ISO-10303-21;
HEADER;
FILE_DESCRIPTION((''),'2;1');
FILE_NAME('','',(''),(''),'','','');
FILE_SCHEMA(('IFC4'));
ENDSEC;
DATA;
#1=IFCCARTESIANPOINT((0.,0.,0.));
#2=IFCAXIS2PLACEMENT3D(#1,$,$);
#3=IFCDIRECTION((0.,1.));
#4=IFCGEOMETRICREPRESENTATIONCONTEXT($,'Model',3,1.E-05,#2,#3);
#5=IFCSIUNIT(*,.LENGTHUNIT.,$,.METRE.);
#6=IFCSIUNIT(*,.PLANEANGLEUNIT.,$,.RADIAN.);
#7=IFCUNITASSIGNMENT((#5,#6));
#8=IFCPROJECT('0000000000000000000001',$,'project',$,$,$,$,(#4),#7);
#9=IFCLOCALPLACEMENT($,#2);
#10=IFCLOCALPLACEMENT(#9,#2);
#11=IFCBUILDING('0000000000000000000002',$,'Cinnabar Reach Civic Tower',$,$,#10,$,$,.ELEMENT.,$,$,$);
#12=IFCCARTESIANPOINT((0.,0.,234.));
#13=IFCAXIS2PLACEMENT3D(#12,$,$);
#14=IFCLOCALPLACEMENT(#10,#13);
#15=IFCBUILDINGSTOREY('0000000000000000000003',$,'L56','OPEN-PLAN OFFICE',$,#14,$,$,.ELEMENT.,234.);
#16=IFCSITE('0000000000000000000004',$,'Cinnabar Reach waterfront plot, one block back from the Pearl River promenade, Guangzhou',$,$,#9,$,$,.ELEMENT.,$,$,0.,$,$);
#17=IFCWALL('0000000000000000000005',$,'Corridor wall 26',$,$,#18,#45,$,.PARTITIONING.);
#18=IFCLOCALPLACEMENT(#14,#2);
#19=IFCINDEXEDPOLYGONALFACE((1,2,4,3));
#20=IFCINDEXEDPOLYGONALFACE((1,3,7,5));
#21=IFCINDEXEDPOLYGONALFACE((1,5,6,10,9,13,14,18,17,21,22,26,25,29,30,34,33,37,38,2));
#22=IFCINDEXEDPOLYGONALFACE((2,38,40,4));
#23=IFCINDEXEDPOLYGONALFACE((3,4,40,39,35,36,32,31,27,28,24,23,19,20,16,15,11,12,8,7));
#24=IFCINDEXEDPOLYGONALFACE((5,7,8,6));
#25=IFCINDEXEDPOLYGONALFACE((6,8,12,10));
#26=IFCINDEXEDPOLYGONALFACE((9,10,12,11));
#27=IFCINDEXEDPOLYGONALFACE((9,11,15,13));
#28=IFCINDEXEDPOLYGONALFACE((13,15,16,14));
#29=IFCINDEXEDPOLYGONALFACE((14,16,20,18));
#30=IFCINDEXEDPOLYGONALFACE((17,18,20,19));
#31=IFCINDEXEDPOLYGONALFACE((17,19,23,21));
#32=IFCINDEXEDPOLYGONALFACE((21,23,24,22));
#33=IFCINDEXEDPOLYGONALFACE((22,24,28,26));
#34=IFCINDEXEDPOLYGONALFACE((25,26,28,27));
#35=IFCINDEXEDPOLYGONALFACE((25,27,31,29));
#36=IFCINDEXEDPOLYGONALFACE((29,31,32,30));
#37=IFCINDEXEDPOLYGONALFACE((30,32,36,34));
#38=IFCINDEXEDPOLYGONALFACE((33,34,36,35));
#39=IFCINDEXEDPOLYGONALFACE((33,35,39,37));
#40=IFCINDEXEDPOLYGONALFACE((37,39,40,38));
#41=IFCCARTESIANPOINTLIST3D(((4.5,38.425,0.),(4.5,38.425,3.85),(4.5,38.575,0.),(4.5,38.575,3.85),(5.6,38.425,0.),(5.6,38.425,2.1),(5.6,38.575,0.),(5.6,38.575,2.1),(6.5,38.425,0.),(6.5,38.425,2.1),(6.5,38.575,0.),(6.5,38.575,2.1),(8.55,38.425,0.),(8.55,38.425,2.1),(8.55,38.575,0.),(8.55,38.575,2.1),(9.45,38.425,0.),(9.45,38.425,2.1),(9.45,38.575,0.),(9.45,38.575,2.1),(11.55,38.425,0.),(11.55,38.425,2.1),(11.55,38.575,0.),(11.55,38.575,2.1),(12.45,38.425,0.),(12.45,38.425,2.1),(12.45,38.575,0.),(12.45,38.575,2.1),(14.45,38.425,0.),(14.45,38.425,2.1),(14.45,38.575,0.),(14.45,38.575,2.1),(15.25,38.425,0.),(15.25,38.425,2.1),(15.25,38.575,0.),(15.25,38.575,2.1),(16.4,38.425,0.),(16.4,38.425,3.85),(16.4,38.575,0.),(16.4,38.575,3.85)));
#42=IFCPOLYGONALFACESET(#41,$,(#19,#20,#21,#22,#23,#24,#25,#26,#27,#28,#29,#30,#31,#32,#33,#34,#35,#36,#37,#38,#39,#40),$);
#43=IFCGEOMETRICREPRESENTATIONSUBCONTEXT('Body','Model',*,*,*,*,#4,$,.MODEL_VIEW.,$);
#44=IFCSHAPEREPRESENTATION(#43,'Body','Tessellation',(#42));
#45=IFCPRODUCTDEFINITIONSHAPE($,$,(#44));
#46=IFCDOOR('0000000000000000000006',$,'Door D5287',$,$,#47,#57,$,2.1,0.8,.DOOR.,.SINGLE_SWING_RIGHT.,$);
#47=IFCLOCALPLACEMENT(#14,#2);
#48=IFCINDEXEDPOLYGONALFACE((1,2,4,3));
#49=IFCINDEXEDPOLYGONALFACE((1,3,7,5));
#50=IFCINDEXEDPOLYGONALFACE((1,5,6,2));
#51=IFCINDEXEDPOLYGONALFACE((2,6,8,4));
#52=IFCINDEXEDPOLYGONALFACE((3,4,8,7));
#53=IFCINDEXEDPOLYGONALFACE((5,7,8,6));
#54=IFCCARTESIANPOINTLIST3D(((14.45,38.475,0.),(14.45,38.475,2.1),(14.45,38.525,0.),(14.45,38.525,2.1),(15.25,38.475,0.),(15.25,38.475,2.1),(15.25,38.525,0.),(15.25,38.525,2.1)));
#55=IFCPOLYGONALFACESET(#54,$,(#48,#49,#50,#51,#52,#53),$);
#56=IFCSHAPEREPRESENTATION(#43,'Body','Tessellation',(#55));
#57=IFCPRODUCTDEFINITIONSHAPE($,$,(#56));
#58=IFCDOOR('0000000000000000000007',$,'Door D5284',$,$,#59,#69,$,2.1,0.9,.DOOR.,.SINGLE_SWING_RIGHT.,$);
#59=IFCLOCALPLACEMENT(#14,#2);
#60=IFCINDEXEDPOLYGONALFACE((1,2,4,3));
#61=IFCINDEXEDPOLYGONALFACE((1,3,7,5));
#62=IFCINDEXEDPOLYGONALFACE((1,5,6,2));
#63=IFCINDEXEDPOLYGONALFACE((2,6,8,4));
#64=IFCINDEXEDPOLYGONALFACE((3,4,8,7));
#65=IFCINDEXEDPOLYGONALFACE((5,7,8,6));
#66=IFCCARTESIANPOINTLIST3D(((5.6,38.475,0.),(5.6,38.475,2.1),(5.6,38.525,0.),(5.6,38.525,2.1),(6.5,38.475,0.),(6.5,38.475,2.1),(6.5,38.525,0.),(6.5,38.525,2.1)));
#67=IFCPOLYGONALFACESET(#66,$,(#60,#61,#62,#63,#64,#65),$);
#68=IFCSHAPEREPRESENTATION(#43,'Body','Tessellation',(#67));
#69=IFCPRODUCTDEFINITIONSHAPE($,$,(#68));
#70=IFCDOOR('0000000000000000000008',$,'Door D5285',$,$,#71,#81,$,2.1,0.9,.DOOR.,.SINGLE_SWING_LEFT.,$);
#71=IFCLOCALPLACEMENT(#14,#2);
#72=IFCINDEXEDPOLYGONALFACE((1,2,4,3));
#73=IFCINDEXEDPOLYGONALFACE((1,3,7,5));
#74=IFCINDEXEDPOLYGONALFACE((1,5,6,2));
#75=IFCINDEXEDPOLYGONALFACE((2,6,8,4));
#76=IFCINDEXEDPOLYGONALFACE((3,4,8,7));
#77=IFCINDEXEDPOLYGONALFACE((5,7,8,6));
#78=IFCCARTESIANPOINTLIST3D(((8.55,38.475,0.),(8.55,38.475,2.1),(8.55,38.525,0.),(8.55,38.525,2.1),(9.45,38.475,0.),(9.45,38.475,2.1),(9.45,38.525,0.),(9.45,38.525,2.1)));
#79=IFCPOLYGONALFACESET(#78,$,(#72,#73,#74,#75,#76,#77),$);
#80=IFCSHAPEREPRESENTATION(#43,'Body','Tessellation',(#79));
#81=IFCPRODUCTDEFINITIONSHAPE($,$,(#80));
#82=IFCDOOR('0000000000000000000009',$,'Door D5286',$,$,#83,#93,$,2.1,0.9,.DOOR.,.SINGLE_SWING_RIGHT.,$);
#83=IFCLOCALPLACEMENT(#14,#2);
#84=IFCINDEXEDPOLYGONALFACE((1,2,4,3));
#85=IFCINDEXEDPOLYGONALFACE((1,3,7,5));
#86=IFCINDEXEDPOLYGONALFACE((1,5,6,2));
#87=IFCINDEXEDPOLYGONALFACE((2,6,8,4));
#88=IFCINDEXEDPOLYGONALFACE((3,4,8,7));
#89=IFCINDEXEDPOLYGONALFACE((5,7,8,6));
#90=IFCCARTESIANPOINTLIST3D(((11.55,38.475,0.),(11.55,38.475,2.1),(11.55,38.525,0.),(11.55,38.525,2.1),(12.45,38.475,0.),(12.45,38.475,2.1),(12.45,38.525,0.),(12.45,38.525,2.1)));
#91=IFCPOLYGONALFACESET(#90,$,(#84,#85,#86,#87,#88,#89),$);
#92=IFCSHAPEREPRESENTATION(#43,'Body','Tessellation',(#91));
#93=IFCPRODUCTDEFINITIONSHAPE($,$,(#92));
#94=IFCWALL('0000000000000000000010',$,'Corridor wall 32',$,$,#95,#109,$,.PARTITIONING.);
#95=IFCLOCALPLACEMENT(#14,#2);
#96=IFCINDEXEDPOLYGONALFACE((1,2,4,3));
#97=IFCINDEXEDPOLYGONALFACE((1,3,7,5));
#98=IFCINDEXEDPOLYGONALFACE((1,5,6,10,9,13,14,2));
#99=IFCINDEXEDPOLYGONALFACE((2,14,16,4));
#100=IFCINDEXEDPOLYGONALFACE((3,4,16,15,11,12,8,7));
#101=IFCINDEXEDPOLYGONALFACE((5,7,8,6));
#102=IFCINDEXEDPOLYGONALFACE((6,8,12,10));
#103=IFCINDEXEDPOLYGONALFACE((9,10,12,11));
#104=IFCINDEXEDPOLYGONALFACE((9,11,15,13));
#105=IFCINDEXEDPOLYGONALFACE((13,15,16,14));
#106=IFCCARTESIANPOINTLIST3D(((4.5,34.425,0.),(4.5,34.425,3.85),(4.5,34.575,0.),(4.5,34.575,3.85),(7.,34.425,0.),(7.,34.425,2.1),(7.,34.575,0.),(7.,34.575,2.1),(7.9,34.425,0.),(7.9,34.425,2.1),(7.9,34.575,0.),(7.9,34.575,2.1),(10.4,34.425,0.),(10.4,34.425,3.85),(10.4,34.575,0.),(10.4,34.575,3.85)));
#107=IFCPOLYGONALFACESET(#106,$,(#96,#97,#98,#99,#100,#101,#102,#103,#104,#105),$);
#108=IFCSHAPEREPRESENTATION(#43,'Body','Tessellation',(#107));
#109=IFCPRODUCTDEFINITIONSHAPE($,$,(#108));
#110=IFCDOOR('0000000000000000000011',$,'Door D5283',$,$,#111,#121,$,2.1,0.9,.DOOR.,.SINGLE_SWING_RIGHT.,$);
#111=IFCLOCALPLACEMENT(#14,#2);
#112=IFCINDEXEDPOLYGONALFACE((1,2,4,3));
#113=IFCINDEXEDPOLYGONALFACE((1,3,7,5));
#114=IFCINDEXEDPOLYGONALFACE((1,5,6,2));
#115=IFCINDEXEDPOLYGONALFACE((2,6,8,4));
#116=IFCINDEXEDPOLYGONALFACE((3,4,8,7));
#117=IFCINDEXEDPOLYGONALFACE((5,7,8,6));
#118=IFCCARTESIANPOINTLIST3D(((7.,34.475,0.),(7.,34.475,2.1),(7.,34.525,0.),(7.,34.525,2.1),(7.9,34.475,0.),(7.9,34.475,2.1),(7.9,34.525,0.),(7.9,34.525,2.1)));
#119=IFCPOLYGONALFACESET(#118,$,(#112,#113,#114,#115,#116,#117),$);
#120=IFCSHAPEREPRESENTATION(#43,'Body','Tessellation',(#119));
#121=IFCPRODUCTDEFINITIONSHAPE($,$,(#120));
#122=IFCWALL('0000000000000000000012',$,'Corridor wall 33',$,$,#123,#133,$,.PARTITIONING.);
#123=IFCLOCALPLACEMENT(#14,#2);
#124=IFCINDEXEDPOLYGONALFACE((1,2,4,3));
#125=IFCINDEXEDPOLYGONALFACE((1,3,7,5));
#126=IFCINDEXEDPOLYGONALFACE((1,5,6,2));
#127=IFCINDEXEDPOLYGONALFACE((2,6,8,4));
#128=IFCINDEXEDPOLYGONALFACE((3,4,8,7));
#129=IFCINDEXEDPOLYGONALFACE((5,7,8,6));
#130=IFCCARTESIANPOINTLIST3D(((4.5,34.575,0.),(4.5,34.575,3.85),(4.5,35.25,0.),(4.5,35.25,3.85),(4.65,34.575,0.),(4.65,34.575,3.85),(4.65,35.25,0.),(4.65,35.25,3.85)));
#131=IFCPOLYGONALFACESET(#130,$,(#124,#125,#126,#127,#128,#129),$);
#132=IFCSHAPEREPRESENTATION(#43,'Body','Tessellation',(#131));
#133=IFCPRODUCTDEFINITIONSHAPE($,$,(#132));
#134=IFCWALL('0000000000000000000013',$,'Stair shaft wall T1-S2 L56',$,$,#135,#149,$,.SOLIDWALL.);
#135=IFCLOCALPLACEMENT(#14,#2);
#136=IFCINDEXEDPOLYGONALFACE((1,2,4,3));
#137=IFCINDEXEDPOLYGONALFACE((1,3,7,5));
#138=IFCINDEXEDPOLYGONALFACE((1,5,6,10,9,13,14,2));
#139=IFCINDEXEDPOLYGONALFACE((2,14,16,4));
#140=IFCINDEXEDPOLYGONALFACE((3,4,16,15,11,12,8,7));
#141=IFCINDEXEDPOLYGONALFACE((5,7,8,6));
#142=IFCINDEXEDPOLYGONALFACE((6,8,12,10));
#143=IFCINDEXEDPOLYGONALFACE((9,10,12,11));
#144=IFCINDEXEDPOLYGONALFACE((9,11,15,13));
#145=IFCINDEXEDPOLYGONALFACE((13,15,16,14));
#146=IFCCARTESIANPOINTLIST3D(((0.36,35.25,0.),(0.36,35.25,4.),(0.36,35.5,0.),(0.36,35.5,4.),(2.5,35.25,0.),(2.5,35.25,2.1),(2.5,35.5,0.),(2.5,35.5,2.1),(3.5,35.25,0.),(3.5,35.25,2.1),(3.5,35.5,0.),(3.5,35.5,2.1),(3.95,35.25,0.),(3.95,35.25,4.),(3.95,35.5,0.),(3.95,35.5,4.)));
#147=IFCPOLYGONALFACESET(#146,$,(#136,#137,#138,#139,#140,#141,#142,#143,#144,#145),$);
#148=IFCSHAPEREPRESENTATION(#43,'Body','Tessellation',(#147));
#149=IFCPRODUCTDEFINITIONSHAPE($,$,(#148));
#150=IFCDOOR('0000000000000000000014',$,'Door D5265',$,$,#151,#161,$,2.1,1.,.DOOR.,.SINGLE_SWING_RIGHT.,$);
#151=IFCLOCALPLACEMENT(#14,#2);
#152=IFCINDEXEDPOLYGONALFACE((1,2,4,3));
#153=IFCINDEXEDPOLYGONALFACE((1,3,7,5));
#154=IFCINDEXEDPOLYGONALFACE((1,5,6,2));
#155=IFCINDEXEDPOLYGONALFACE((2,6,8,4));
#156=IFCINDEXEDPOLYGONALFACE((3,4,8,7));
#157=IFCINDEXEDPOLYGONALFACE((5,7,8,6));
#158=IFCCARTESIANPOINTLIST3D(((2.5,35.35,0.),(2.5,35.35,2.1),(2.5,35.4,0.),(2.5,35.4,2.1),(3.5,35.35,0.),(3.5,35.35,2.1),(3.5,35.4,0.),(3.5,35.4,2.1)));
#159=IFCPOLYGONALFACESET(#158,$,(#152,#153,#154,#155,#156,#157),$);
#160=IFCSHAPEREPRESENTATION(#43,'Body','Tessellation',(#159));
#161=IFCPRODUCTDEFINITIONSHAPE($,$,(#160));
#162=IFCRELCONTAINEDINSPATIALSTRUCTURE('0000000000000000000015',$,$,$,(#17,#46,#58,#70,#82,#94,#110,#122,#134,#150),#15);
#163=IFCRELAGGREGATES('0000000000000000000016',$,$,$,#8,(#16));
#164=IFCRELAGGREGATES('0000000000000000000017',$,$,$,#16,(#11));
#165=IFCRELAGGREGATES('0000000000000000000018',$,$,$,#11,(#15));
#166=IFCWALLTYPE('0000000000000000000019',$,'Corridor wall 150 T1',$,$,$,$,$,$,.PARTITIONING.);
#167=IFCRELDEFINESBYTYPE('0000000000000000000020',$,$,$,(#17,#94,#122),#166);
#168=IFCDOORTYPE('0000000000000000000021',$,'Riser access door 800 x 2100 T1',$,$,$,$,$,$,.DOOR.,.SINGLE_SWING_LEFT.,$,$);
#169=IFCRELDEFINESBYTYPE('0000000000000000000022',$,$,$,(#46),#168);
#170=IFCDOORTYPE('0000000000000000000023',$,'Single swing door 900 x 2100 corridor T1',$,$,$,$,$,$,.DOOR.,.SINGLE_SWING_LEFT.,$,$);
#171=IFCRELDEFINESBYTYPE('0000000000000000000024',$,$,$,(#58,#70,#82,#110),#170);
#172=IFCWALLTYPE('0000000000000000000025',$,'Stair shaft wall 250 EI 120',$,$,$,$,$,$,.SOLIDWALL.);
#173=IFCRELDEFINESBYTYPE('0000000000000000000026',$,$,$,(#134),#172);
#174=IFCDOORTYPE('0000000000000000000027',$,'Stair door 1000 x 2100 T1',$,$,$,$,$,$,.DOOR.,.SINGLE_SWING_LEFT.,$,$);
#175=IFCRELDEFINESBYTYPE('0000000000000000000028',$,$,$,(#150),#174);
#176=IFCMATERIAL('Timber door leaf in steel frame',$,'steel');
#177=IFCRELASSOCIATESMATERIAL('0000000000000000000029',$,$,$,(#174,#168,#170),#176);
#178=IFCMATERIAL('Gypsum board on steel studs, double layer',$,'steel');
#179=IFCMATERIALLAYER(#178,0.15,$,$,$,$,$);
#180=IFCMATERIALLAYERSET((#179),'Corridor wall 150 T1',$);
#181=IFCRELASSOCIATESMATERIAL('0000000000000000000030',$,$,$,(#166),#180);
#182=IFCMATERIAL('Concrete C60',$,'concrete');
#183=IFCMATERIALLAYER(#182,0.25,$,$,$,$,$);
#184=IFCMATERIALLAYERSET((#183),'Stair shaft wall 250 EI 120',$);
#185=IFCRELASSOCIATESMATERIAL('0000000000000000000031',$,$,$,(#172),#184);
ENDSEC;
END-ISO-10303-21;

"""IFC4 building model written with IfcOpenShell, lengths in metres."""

from ifc_helpers import new_model, si_unit, direction, frame, frame_2d, origin, place, context, subcontext, project, spatial, rectangle, extrude, material, layer, layer_set, type_object, element, fill, save


model = new_model("IFC4")

# Units and contexts
model_context = context("Model", 3, precision=1e-05, world=origin(), true_north=direction((0.0, 1.0)))
body_context = subcontext(model_context, "Body", "Model", "MODEL_VIEW")
ifc_project = project(units=[si_unit("LENGTHUNIT", "METRE"), si_unit("PLANEANGLEUNIT", "RADIAN")], contexts=[model_context])

# Site, building, storey
site_placement = place(None, origin())
site = spatial("IfcSite", under=ifc_project, at=site_placement, Name="Cinnabar Reach waterfront plot, one block back from the Pearl River promenade, Guangzhou", CompositionType="ELEMENT", RefElevation=0.0)
building_placement = place(site_placement, origin())
building = spatial("IfcBuilding", under=site, at=building_placement, Name="Cinnabar Reach Civic Tower", CompositionType="ELEMENT")
storey_placement = place(building_placement, frame((0.0, 0.0, 234.0)))
storey = spatial("IfcBuildingStorey", under=building, at=storey_placement, Name="L56", Description="OPEN-PLAN OFFICE", CompositionType="ELEMENT", Elevation=234.0)

# Shared definitions
ifc_material_1 = material(Name="Concrete C60", Category="concrete")
ifc_material_2 = material(Name="Timber door leaf in steel frame", Category="steel")
door_type_1 = type_object("IfcDoorType", Name="Stair door 1000 x 2100 T1", OperationType="SINGLE_SWING_LEFT", PredefinedType="DOOR", material=ifc_material_2)

# Wall, openings, doors
ifc_material_3 = material(Name="Gypsum board on steel studs, double layer", Category="steel")
ifc_layer_1 = layer(ifc_material_3, 0.15)
ifc_layer_set_1 = layer_set([ifc_layer_1], Name="Corridor wall 150 T1")
wall_type_1 = type_object("IfcWallType", Name="Corridor wall 150 T1", PredefinedType="PARTITIONING", material=ifc_layer_set_1)
wall_1_placement = place(storey_placement, frame((4.5, 38.5, 0.0), z_axis=(0.0, 0.0, 1.0), x_axis=(1.0, 0.0, 0.0)))
wall_1 = element("IfcWall", 1, at=wall_1_placement, inside=storey, type_object=wall_type_1, Name="Corridor wall 26", PredefinedType="PARTITIONING", context=body_context, shape_type="SweptSolid", body=[
    extrude(rectangle(XDim=11.9, YDim=0.15, at=frame_2d((5.95, 0.0))), origin(), (0.0, 0.0, 1.0), 3.85),
])
opening_1_placement = place(wall_1_placement, frame((1.1, 0.0, 0.0)))
opening_1 = element("IfcOpeningElement", 2, at=opening_1_placement, cuts=wall_1, PredefinedType="OPENING", context=body_context, shape_type="SweptSolid", body=[
    extrude(rectangle(XDim=0.9, YDim=2.1, at=frame_2d((0.45, 1.05))), frame((0.0, 0.085, 0.0), z_axis=(0.0, -1.0, 0.0), x_axis=(1.0, 0.0, 0.0)), (0.0, 0.0, 1.0), 0.17),
])
opening_2_placement = place(wall_1_placement, frame((4.05, 0.0, 0.0)))
opening_2 = element("IfcOpeningElement", 3, at=opening_2_placement, cuts=wall_1, PredefinedType="OPENING", context=body_context, shape_type="SweptSolid", body=[
    extrude(rectangle(XDim=0.9, YDim=2.1, at=frame_2d((0.45, 1.05))), frame((0.0, 0.085, 0.0), z_axis=(0.0, -1.0, 0.0), x_axis=(1.0, 0.0, 0.0)), (0.0, 0.0, 1.0), 0.17),
])
opening_3_placement = place(wall_1_placement, frame((7.05, 0.0, 0.0)))
opening_3 = element("IfcOpeningElement", 4, at=opening_3_placement, cuts=wall_1, PredefinedType="OPENING", context=body_context, shape_type="SweptSolid", body=[
    extrude(rectangle(XDim=0.9, YDim=2.1, at=frame_2d((0.45, 1.05))), frame((0.0, 0.085, 0.0), z_axis=(0.0, -1.0, 0.0), x_axis=(1.0, 0.0, 0.0)), (0.0, 0.0, 1.0), 0.17),
])
opening_4_placement = place(wall_1_placement, frame((9.95, 0.0, 0.0)))
opening_4 = element("IfcOpeningElement", 5, at=opening_4_placement, cuts=wall_1, PredefinedType="OPENING", context=body_context, shape_type="SweptSolid", body=[
    extrude(rectangle(XDim=0.8, YDim=2.1, at=frame_2d((0.4, 1.05))), frame((0.0, 0.085, 0.0), z_axis=(0.0, -1.0, 0.0), x_axis=(1.0, 0.0, 0.0)), (0.0, 0.0, 1.0), 0.17),
])
door_type_2 = type_object("IfcDoorType", Name="Riser access door 800 x 2100 T1", OperationType="SINGLE_SWING_LEFT", PredefinedType="DOOR", material=ifc_material_2)
door_1_placement = place(opening_4_placement, origin())
door_1 = element("IfcDoor", 6, at=door_1_placement, inside=storey, type_object=door_type_2, Name="Door D5287", OperationType="SINGLE_SWING_RIGHT", OverallHeight=2.1, OverallWidth=0.8, PredefinedType="DOOR", context=body_context, shape_type="SweptSolid", body=[
    extrude(rectangle(XDim=0.8, YDim=2.1, at=frame_2d((0.4, 1.05))), frame((0.0, 0.025, 0.0), z_axis=(0.0, -1.0, 0.0), x_axis=(1.0, 0.0, 0.0)), (0.0, 0.0, 1.0), 0.05),
])
fill(opening_4, door_1)
door_type_3 = type_object("IfcDoorType", Name="Single swing door 900 x 2100 corridor T1", OperationType="SINGLE_SWING_LEFT", PredefinedType="DOOR", material=ifc_material_2)
door_2_placement = place(opening_1_placement, origin())
door_2 = element("IfcDoor", 7, at=door_2_placement, inside=storey, type_object=door_type_3, Name="Door D5284", OperationType="SINGLE_SWING_RIGHT", OverallHeight=2.1, OverallWidth=0.9, PredefinedType="DOOR", context=body_context, shape_type="SweptSolid", body=[
    extrude(rectangle(XDim=0.9, YDim=2.1, at=frame_2d((0.45, 1.05))), frame((0.0, 0.025, 0.0), z_axis=(0.0, -1.0, 0.0), x_axis=(1.0, 0.0, 0.0)), (0.0, 0.0, 1.0), 0.05),
])
fill(opening_1, door_2)
door_3_placement = place(opening_2_placement, origin())
door_3 = element("IfcDoor", 8, at=door_3_placement, inside=storey, type_object=door_type_3, Name="Door D5285", OperationType="SINGLE_SWING_LEFT", OverallHeight=2.1, OverallWidth=0.9, PredefinedType="DOOR", context=body_context, shape_type="SweptSolid", body=[
    extrude(rectangle(XDim=0.9, YDim=2.1, at=frame_2d((0.45, 1.05))), frame((0.0, 0.025, 0.0), z_axis=(0.0, -1.0, 0.0), x_axis=(1.0, 0.0, 0.0)), (0.0, 0.0, 1.0), 0.05),
])
fill(opening_2, door_3)
door_4_placement = place(opening_3_placement, origin())
door_4 = element("IfcDoor", 9, at=door_4_placement, inside=storey, type_object=door_type_3, Name="Door D5286", OperationType="SINGLE_SWING_RIGHT", OverallHeight=2.1, OverallWidth=0.9, PredefinedType="DOOR", context=body_context, shape_type="SweptSolid", body=[
    extrude(rectangle(XDim=0.9, YDim=2.1, at=frame_2d((0.45, 1.05))), frame((0.0, 0.025, 0.0), z_axis=(0.0, -1.0, 0.0), x_axis=(1.0, 0.0, 0.0)), (0.0, 0.0, 1.0), 0.05),
])
fill(opening_3, door_4)

# Wall, opening, door
wall_2_placement = place(storey_placement, frame((4.5, 34.5, 0.0), z_axis=(0.0, 0.0, 1.0), x_axis=(1.0, 0.0, 0.0)))
wall_2 = element("IfcWall", 10, at=wall_2_placement, inside=storey, type_object=wall_type_1, Name="Corridor wall 32", PredefinedType="PARTITIONING", context=body_context, shape_type="SweptSolid", body=[
    extrude(rectangle(XDim=5.9, YDim=0.15, at=frame_2d((2.95, 0.0))), origin(), (0.0, 0.0, 1.0), 3.85),
])
opening_5_placement = place(wall_2_placement, frame((2.5, 0.0, 0.0)))
opening_5 = element("IfcOpeningElement", 11, at=opening_5_placement, cuts=wall_2, PredefinedType="OPENING", context=body_context, shape_type="SweptSolid", body=[
    extrude(rectangle(XDim=0.9, YDim=2.1, at=frame_2d((0.45, 1.05))), frame((0.0, 0.085, 0.0), z_axis=(0.0, -1.0, 0.0), x_axis=(1.0, 0.0, 0.0)), (0.0, 0.0, 1.0), 0.17),
])
door_5_placement = place(opening_5_placement, frame((0.9, 0.0, 0.0), z_axis=(0.0, 0.0, 1.0), x_axis=(-1.0, 0.0, 0.0)))
door_5 = element("IfcDoor", 12, at=door_5_placement, inside=storey, type_object=door_type_3, Name="Door D5283", OperationType="SINGLE_SWING_RIGHT", OverallHeight=2.1, OverallWidth=0.9, PredefinedType="DOOR", context=body_context, shape_type="SweptSolid", body=[
    extrude(rectangle(XDim=0.9, YDim=2.1, at=frame_2d((0.45, 1.05))), frame((0.0, 0.025, 0.0), z_axis=(0.0, -1.0, 0.0), x_axis=(1.0, 0.0, 0.0)), (0.0, 0.0, 1.0), 0.05),
])
fill(opening_5, door_5)

# Wall
wall_3_placement = place(storey_placement, frame((4.575, 34.575, 0.0), z_axis=(0.0, 0.0, 1.0), x_axis=(0.0, 1.0, 0.0)))
element("IfcWall", 13, at=wall_3_placement, inside=storey, type_object=wall_type_1, Name="Corridor wall 33", PredefinedType="PARTITIONING", context=body_context, shape_type="SweptSolid", body=[
    extrude(rectangle(XDim=0.675, YDim=0.15, at=frame_2d((0.3375, 0.0))), origin(), (0.0, 0.0, 1.0), 3.85),
])

# Wall, opening, door
ifc_layer_2 = layer(ifc_material_1, 0.25)
ifc_layer_set_2 = layer_set([ifc_layer_2], Name="Stair shaft wall 250 EI 120")
wall_type_2 = type_object("IfcWallType", Name="Stair shaft wall 250 EI 120", PredefinedType="SOLIDWALL", material=ifc_layer_set_2)
wall_4_placement = place(storey_placement, frame((0.36, 35.375, 0.0), z_axis=(0.0, 0.0, 1.0), x_axis=(1.0, 0.0, 0.0)))
wall_4 = element("IfcWall", 14, at=wall_4_placement, inside=storey, type_object=wall_type_2, Name="Stair shaft wall T1-S2 L56", PredefinedType="SOLIDWALL", context=body_context, shape_type="SweptSolid", body=[
    extrude(rectangle(XDim=3.59, YDim=0.25, at=frame_2d((1.795, 0.0))), origin(), (0.0, 0.0, 1.0), 4.0),
])
opening_6_placement = place(wall_4_placement, frame((2.14, 0.0, 0.0)))
opening_6 = element("IfcOpeningElement", 15, at=opening_6_placement, cuts=wall_4, PredefinedType="OPENING", context=body_context, shape_type="SweptSolid", body=[
    extrude(rectangle(XDim=1.0, YDim=2.1, at=frame_2d((0.5, 1.05))), frame((0.0, 0.135, 0.0), z_axis=(0.0, -1.0, 0.0), x_axis=(1.0, 0.0, 0.0)), (0.0, 0.0, 1.0), 0.27),
])
door_6_placement = place(opening_6_placement, origin())
door_6 = element("IfcDoor", 16, at=door_6_placement, inside=storey, type_object=door_type_1, Name="Door D5265", OperationType="SINGLE_SWING_RIGHT", OverallHeight=2.1, OverallWidth=1.0, PredefinedType="DOOR", context=body_context, shape_type="SweptSolid", body=[
    extrude(rectangle(XDim=1.0, YDim=2.1, at=frame_2d((0.5, 1.05))), frame((0.0, 0.025, 0.0), z_axis=(0.0, -1.0, 0.0), x_axis=(1.0, 0.0, 0.0)), (0.0, 0.0, 1.0), 0.05),
])
fill(opening_6, door_6)

save(model, "model.ifc")
